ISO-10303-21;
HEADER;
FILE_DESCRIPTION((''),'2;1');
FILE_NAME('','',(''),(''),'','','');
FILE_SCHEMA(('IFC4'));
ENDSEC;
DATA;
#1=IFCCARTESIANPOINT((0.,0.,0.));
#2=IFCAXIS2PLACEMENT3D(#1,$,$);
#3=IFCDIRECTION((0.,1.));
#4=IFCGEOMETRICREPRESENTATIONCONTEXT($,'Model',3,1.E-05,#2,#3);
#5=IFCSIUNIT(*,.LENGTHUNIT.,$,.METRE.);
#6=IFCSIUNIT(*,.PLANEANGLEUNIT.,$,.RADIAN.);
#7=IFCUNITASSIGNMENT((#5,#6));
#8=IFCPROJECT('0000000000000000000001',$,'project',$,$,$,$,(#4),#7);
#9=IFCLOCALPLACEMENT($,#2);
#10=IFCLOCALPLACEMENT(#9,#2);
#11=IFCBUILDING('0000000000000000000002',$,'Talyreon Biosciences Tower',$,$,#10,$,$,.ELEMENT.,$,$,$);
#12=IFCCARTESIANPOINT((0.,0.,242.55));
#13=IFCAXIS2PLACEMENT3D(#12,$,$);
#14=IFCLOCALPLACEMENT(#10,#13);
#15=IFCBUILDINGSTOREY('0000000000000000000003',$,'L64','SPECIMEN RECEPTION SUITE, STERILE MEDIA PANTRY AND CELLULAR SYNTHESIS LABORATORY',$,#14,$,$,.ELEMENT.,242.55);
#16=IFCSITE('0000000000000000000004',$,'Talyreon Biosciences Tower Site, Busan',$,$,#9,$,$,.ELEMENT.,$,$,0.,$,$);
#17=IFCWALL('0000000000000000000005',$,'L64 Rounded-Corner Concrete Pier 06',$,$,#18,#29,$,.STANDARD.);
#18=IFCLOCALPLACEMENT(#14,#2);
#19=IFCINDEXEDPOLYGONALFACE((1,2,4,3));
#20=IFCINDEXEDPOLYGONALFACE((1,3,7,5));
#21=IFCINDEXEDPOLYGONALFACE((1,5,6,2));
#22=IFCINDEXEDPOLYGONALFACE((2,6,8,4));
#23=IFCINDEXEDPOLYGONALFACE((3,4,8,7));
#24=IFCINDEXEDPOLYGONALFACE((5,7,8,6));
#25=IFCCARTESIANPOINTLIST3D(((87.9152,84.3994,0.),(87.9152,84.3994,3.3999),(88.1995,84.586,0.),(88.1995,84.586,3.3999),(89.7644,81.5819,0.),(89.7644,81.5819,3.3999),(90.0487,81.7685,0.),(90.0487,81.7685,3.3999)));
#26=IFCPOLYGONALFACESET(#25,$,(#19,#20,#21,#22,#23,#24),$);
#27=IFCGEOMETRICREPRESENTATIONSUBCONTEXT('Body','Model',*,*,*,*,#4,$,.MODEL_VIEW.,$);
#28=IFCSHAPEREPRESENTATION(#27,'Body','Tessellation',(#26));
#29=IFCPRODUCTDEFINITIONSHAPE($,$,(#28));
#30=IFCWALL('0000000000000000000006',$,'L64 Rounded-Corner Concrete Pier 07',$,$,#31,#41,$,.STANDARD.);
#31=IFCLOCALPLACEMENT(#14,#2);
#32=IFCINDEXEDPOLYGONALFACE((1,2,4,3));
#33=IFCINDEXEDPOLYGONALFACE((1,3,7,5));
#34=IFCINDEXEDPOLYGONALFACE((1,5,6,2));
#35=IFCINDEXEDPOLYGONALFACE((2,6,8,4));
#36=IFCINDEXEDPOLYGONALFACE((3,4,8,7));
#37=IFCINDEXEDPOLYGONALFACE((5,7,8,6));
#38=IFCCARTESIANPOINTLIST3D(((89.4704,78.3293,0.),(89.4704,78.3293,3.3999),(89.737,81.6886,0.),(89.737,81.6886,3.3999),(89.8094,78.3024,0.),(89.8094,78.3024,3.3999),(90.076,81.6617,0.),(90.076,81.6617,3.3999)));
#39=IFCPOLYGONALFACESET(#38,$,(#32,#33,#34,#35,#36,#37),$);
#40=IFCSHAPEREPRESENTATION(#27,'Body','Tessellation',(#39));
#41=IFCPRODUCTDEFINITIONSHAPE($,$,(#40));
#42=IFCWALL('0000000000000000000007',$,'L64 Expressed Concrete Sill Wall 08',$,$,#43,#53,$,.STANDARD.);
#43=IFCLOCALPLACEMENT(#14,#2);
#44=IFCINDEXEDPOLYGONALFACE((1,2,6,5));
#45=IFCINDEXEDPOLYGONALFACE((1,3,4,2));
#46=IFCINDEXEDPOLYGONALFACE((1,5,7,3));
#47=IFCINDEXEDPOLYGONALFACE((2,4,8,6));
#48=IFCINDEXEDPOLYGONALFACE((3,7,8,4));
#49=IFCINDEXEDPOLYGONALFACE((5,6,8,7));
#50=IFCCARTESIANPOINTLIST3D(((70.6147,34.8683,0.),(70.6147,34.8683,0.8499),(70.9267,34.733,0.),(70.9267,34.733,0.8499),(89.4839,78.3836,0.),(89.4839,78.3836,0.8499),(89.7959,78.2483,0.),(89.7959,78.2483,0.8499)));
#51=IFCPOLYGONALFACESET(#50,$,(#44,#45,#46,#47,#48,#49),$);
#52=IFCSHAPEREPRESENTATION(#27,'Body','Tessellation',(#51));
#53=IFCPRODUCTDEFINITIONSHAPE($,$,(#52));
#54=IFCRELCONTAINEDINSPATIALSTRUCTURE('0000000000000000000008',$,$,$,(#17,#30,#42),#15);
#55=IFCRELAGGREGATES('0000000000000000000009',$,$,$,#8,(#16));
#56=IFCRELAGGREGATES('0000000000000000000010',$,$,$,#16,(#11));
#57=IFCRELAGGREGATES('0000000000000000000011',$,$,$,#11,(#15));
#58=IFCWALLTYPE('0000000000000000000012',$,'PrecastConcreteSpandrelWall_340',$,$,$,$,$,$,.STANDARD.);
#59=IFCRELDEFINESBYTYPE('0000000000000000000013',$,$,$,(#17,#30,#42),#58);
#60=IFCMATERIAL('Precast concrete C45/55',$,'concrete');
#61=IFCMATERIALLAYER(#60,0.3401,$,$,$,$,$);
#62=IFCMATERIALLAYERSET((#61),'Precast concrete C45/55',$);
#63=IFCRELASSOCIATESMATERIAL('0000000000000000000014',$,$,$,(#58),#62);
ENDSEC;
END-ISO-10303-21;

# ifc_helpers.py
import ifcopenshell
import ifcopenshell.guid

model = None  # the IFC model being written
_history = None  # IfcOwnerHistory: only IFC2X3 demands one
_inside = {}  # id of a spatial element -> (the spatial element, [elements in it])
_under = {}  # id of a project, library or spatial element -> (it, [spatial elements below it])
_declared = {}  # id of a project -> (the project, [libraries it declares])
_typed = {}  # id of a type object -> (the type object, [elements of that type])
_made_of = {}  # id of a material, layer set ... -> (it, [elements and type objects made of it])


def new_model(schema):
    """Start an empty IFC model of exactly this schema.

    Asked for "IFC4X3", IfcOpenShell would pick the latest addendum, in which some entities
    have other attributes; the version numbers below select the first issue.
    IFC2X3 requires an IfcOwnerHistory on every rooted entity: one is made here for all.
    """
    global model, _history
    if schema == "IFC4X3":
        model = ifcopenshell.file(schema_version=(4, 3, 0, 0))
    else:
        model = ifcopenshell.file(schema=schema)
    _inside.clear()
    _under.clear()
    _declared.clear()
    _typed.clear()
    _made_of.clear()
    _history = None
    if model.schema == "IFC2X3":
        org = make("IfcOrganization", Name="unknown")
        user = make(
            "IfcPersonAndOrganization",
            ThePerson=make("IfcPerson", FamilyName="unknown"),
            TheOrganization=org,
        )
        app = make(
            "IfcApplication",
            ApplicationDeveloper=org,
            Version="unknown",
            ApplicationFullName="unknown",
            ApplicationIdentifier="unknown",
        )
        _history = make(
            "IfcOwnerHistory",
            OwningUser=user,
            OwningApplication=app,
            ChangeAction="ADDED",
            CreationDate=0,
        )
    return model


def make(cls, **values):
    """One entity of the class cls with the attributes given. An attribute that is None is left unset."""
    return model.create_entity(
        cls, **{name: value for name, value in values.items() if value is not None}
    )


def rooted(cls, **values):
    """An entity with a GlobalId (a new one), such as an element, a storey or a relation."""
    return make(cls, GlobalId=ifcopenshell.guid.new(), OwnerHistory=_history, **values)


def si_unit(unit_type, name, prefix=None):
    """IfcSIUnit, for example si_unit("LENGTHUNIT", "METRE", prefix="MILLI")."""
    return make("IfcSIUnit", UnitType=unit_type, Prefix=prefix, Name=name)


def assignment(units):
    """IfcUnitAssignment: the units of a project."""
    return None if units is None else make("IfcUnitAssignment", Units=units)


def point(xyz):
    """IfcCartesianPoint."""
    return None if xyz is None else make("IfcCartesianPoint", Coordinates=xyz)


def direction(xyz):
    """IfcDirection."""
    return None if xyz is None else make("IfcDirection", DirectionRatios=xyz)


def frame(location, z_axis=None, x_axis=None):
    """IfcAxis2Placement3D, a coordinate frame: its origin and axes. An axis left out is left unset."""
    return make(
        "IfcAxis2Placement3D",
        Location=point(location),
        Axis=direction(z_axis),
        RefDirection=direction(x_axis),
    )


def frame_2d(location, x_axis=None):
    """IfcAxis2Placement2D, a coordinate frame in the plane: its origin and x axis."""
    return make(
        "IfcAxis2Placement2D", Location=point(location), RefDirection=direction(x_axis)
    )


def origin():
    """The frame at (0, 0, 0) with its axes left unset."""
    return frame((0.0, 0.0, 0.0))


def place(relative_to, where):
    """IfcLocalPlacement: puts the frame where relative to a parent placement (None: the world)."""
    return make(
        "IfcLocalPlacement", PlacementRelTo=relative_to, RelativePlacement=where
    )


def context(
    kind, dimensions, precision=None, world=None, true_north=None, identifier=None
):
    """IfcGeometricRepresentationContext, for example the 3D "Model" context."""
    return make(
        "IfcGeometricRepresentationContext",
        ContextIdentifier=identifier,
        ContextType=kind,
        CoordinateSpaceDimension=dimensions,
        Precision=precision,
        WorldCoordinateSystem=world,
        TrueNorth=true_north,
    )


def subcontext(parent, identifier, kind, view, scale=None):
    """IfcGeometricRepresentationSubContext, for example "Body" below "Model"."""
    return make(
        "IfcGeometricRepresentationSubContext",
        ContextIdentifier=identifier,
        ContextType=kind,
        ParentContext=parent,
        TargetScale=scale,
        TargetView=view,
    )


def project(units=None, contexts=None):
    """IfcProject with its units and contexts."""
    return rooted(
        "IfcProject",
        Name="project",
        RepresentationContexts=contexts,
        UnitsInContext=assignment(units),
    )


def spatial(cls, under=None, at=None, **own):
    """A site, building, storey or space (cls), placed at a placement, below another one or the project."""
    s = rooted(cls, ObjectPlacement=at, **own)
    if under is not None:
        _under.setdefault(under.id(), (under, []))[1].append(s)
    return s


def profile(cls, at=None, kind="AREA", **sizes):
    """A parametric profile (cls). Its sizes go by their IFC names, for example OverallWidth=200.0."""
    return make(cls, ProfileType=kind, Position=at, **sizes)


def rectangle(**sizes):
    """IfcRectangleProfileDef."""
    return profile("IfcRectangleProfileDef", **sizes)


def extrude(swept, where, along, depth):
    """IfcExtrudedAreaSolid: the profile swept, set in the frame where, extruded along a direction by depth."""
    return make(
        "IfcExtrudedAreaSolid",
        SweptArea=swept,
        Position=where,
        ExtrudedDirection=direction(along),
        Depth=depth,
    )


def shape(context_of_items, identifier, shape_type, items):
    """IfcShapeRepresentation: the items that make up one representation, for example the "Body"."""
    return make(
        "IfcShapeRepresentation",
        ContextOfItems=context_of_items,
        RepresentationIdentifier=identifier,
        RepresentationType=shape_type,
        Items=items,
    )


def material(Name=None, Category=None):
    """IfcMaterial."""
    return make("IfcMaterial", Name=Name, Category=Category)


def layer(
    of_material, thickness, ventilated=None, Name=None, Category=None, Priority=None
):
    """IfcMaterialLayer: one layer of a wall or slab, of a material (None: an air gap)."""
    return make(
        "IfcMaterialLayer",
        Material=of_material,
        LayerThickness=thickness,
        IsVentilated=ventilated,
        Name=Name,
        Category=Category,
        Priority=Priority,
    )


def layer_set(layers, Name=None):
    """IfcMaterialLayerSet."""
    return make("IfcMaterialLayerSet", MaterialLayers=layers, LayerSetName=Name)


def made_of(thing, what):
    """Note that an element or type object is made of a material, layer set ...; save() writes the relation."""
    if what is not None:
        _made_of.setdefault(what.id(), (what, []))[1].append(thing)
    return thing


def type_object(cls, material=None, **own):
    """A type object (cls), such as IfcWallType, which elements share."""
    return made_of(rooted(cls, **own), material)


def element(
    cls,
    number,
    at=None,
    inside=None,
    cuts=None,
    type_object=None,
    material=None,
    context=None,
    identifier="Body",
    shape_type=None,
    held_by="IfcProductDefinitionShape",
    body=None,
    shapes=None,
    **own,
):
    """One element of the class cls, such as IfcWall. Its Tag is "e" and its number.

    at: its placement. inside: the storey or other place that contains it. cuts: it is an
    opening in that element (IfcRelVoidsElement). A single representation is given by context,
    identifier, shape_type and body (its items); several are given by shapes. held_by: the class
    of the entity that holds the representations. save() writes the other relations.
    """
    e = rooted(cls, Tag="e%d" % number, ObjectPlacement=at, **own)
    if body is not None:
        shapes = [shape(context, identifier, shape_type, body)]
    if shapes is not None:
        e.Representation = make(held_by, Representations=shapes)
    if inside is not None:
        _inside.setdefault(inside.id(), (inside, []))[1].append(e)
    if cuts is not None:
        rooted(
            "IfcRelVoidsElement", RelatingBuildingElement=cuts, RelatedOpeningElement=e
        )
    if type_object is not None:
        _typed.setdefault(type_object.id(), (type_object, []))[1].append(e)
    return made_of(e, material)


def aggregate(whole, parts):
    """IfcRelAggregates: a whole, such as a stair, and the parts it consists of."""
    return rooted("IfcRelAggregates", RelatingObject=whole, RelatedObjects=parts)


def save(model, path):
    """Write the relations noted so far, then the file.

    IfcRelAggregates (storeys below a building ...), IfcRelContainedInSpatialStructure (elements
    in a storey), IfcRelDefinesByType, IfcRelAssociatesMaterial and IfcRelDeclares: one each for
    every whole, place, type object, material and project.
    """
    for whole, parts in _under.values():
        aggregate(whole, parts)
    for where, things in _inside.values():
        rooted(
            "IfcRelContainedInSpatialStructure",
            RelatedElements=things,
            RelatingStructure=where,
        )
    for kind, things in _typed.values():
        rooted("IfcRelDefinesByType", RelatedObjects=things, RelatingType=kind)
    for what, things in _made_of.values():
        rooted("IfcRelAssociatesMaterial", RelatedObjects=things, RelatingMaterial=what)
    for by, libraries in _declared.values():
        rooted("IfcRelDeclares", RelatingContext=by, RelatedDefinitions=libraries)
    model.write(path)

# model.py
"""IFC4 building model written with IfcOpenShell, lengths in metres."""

from ifc_helpers import new_model, si_unit, direction, frame, frame_2d, origin, place, context, subcontext, project, spatial, rectangle, extrude, material, layer, layer_set, type_object, element, save


model = new_model("IFC4")

# Units and contexts
model_context = context("Model", 3, precision=1e-05, world=origin(), true_north=direction((0.0, 1.0)))
body_context = subcontext(model_context, "Body", "Model", "MODEL_VIEW")
ifc_project = project(units=[si_unit("LENGTHUNIT", "METRE"), si_unit("PLANEANGLEUNIT", "RADIAN")], contexts=[model_context])

# Site, building, storey
site_placement = place(None, origin())
site = spatial("IfcSite", under=ifc_project, at=site_placement, Name="Talyreon Biosciences Tower Site, Busan", CompositionType="ELEMENT", RefElevation=0.0)
building_placement = place(site_placement, origin())
building = spatial("IfcBuilding", under=site, at=building_placement, Name="Talyreon Biosciences Tower", CompositionType="ELEMENT")
storey_placement = place(building_placement, frame((0.0, 0.0, 242.55)))
storey = spatial("IfcBuildingStorey", under=building, at=storey_placement, Name="L64", Description="SPECIMEN RECEPTION SUITE, STERILE MEDIA PANTRY AND CELLULAR SYNTHESIS LABORATORY", CompositionType="ELEMENT", Elevation=242.55)

# Shared definitions
ifc_material_1 = material(Name="Precast concrete C45/55", Category="concrete")

# Walls
ifc_layer_1 = layer(ifc_material_1, 0.3401)
ifc_layer_set_1 = layer_set([ifc_layer_1], Name="Precast concrete C45/55")
wall_type_1 = type_object("IfcWallType", Name="PrecastConcreteSpandrelWall_340", PredefinedType="STANDARD", material=ifc_layer_set_1)
for number, where, z_axis, x_axis, name in (
    (1, (88.0574, 84.4927, 0.0), (0.0, 0.0, 1.0), (0.548701, -0.836019, 0.0), "L64 Rounded-Corner Concrete Pier 06"),
):
    element("IfcWall", number, at=place(storey_placement, frame(where, z_axis=z_axis, x_axis=x_axis)), inside=storey, type_object=wall_type_1, Name=name, PredefinedType="STANDARD", context=body_context, shape_type="SweptSolid", body=[
        extrude(rectangle(XDim=3.3701, YDim=0.3401, at=frame_2d((1.6851, 0.0))), origin(), (0.0, 0.0, 1.0), 3.3999),
    ])
wall_1_placement = place(storey_placement, frame((89.9065, 81.6753, 0.0), z_axis=(0.0, 0.0, 1.0), x_axis=(-0.079112, -0.996866, 0.0)))
element("IfcWall", 2, at=wall_1_placement, inside=storey, type_object=wall_type_1, Name="L64 Rounded-Corner Concrete Pier 07", PredefinedType="STANDARD", context=body_context, shape_type="SweptSolid", body=[
    extrude(rectangle(XDim=3.3699, YDim=0.3401, at=frame_2d((1.6851, 0.0))), origin(), (0.0, 0.0, 1.0), 3.3999),
])
wall_2_placement = place(storey_placement, frame((89.6399, 78.3159, 0.0), z_axis=(0.0, 0.0, 1.0), x_axis=(-0.397831, -0.917459, 0.0)))
element("IfcWall", 3, at=wall_2_placement, inside=storey, type_object=wall_type_1, Name="L64 Expressed Concrete Sill Wall 08", PredefinedType="STANDARD", context=body_context, shape_type="SweptSolid", body=[
    extrude(rectangle(XDim=47.4302, YDim=0.3401, at=frame_2d((23.7151, 0.0))), origin(), (0.0, 0.0, 1.0), 0.8499),
])

save(model, "model.ifc")
